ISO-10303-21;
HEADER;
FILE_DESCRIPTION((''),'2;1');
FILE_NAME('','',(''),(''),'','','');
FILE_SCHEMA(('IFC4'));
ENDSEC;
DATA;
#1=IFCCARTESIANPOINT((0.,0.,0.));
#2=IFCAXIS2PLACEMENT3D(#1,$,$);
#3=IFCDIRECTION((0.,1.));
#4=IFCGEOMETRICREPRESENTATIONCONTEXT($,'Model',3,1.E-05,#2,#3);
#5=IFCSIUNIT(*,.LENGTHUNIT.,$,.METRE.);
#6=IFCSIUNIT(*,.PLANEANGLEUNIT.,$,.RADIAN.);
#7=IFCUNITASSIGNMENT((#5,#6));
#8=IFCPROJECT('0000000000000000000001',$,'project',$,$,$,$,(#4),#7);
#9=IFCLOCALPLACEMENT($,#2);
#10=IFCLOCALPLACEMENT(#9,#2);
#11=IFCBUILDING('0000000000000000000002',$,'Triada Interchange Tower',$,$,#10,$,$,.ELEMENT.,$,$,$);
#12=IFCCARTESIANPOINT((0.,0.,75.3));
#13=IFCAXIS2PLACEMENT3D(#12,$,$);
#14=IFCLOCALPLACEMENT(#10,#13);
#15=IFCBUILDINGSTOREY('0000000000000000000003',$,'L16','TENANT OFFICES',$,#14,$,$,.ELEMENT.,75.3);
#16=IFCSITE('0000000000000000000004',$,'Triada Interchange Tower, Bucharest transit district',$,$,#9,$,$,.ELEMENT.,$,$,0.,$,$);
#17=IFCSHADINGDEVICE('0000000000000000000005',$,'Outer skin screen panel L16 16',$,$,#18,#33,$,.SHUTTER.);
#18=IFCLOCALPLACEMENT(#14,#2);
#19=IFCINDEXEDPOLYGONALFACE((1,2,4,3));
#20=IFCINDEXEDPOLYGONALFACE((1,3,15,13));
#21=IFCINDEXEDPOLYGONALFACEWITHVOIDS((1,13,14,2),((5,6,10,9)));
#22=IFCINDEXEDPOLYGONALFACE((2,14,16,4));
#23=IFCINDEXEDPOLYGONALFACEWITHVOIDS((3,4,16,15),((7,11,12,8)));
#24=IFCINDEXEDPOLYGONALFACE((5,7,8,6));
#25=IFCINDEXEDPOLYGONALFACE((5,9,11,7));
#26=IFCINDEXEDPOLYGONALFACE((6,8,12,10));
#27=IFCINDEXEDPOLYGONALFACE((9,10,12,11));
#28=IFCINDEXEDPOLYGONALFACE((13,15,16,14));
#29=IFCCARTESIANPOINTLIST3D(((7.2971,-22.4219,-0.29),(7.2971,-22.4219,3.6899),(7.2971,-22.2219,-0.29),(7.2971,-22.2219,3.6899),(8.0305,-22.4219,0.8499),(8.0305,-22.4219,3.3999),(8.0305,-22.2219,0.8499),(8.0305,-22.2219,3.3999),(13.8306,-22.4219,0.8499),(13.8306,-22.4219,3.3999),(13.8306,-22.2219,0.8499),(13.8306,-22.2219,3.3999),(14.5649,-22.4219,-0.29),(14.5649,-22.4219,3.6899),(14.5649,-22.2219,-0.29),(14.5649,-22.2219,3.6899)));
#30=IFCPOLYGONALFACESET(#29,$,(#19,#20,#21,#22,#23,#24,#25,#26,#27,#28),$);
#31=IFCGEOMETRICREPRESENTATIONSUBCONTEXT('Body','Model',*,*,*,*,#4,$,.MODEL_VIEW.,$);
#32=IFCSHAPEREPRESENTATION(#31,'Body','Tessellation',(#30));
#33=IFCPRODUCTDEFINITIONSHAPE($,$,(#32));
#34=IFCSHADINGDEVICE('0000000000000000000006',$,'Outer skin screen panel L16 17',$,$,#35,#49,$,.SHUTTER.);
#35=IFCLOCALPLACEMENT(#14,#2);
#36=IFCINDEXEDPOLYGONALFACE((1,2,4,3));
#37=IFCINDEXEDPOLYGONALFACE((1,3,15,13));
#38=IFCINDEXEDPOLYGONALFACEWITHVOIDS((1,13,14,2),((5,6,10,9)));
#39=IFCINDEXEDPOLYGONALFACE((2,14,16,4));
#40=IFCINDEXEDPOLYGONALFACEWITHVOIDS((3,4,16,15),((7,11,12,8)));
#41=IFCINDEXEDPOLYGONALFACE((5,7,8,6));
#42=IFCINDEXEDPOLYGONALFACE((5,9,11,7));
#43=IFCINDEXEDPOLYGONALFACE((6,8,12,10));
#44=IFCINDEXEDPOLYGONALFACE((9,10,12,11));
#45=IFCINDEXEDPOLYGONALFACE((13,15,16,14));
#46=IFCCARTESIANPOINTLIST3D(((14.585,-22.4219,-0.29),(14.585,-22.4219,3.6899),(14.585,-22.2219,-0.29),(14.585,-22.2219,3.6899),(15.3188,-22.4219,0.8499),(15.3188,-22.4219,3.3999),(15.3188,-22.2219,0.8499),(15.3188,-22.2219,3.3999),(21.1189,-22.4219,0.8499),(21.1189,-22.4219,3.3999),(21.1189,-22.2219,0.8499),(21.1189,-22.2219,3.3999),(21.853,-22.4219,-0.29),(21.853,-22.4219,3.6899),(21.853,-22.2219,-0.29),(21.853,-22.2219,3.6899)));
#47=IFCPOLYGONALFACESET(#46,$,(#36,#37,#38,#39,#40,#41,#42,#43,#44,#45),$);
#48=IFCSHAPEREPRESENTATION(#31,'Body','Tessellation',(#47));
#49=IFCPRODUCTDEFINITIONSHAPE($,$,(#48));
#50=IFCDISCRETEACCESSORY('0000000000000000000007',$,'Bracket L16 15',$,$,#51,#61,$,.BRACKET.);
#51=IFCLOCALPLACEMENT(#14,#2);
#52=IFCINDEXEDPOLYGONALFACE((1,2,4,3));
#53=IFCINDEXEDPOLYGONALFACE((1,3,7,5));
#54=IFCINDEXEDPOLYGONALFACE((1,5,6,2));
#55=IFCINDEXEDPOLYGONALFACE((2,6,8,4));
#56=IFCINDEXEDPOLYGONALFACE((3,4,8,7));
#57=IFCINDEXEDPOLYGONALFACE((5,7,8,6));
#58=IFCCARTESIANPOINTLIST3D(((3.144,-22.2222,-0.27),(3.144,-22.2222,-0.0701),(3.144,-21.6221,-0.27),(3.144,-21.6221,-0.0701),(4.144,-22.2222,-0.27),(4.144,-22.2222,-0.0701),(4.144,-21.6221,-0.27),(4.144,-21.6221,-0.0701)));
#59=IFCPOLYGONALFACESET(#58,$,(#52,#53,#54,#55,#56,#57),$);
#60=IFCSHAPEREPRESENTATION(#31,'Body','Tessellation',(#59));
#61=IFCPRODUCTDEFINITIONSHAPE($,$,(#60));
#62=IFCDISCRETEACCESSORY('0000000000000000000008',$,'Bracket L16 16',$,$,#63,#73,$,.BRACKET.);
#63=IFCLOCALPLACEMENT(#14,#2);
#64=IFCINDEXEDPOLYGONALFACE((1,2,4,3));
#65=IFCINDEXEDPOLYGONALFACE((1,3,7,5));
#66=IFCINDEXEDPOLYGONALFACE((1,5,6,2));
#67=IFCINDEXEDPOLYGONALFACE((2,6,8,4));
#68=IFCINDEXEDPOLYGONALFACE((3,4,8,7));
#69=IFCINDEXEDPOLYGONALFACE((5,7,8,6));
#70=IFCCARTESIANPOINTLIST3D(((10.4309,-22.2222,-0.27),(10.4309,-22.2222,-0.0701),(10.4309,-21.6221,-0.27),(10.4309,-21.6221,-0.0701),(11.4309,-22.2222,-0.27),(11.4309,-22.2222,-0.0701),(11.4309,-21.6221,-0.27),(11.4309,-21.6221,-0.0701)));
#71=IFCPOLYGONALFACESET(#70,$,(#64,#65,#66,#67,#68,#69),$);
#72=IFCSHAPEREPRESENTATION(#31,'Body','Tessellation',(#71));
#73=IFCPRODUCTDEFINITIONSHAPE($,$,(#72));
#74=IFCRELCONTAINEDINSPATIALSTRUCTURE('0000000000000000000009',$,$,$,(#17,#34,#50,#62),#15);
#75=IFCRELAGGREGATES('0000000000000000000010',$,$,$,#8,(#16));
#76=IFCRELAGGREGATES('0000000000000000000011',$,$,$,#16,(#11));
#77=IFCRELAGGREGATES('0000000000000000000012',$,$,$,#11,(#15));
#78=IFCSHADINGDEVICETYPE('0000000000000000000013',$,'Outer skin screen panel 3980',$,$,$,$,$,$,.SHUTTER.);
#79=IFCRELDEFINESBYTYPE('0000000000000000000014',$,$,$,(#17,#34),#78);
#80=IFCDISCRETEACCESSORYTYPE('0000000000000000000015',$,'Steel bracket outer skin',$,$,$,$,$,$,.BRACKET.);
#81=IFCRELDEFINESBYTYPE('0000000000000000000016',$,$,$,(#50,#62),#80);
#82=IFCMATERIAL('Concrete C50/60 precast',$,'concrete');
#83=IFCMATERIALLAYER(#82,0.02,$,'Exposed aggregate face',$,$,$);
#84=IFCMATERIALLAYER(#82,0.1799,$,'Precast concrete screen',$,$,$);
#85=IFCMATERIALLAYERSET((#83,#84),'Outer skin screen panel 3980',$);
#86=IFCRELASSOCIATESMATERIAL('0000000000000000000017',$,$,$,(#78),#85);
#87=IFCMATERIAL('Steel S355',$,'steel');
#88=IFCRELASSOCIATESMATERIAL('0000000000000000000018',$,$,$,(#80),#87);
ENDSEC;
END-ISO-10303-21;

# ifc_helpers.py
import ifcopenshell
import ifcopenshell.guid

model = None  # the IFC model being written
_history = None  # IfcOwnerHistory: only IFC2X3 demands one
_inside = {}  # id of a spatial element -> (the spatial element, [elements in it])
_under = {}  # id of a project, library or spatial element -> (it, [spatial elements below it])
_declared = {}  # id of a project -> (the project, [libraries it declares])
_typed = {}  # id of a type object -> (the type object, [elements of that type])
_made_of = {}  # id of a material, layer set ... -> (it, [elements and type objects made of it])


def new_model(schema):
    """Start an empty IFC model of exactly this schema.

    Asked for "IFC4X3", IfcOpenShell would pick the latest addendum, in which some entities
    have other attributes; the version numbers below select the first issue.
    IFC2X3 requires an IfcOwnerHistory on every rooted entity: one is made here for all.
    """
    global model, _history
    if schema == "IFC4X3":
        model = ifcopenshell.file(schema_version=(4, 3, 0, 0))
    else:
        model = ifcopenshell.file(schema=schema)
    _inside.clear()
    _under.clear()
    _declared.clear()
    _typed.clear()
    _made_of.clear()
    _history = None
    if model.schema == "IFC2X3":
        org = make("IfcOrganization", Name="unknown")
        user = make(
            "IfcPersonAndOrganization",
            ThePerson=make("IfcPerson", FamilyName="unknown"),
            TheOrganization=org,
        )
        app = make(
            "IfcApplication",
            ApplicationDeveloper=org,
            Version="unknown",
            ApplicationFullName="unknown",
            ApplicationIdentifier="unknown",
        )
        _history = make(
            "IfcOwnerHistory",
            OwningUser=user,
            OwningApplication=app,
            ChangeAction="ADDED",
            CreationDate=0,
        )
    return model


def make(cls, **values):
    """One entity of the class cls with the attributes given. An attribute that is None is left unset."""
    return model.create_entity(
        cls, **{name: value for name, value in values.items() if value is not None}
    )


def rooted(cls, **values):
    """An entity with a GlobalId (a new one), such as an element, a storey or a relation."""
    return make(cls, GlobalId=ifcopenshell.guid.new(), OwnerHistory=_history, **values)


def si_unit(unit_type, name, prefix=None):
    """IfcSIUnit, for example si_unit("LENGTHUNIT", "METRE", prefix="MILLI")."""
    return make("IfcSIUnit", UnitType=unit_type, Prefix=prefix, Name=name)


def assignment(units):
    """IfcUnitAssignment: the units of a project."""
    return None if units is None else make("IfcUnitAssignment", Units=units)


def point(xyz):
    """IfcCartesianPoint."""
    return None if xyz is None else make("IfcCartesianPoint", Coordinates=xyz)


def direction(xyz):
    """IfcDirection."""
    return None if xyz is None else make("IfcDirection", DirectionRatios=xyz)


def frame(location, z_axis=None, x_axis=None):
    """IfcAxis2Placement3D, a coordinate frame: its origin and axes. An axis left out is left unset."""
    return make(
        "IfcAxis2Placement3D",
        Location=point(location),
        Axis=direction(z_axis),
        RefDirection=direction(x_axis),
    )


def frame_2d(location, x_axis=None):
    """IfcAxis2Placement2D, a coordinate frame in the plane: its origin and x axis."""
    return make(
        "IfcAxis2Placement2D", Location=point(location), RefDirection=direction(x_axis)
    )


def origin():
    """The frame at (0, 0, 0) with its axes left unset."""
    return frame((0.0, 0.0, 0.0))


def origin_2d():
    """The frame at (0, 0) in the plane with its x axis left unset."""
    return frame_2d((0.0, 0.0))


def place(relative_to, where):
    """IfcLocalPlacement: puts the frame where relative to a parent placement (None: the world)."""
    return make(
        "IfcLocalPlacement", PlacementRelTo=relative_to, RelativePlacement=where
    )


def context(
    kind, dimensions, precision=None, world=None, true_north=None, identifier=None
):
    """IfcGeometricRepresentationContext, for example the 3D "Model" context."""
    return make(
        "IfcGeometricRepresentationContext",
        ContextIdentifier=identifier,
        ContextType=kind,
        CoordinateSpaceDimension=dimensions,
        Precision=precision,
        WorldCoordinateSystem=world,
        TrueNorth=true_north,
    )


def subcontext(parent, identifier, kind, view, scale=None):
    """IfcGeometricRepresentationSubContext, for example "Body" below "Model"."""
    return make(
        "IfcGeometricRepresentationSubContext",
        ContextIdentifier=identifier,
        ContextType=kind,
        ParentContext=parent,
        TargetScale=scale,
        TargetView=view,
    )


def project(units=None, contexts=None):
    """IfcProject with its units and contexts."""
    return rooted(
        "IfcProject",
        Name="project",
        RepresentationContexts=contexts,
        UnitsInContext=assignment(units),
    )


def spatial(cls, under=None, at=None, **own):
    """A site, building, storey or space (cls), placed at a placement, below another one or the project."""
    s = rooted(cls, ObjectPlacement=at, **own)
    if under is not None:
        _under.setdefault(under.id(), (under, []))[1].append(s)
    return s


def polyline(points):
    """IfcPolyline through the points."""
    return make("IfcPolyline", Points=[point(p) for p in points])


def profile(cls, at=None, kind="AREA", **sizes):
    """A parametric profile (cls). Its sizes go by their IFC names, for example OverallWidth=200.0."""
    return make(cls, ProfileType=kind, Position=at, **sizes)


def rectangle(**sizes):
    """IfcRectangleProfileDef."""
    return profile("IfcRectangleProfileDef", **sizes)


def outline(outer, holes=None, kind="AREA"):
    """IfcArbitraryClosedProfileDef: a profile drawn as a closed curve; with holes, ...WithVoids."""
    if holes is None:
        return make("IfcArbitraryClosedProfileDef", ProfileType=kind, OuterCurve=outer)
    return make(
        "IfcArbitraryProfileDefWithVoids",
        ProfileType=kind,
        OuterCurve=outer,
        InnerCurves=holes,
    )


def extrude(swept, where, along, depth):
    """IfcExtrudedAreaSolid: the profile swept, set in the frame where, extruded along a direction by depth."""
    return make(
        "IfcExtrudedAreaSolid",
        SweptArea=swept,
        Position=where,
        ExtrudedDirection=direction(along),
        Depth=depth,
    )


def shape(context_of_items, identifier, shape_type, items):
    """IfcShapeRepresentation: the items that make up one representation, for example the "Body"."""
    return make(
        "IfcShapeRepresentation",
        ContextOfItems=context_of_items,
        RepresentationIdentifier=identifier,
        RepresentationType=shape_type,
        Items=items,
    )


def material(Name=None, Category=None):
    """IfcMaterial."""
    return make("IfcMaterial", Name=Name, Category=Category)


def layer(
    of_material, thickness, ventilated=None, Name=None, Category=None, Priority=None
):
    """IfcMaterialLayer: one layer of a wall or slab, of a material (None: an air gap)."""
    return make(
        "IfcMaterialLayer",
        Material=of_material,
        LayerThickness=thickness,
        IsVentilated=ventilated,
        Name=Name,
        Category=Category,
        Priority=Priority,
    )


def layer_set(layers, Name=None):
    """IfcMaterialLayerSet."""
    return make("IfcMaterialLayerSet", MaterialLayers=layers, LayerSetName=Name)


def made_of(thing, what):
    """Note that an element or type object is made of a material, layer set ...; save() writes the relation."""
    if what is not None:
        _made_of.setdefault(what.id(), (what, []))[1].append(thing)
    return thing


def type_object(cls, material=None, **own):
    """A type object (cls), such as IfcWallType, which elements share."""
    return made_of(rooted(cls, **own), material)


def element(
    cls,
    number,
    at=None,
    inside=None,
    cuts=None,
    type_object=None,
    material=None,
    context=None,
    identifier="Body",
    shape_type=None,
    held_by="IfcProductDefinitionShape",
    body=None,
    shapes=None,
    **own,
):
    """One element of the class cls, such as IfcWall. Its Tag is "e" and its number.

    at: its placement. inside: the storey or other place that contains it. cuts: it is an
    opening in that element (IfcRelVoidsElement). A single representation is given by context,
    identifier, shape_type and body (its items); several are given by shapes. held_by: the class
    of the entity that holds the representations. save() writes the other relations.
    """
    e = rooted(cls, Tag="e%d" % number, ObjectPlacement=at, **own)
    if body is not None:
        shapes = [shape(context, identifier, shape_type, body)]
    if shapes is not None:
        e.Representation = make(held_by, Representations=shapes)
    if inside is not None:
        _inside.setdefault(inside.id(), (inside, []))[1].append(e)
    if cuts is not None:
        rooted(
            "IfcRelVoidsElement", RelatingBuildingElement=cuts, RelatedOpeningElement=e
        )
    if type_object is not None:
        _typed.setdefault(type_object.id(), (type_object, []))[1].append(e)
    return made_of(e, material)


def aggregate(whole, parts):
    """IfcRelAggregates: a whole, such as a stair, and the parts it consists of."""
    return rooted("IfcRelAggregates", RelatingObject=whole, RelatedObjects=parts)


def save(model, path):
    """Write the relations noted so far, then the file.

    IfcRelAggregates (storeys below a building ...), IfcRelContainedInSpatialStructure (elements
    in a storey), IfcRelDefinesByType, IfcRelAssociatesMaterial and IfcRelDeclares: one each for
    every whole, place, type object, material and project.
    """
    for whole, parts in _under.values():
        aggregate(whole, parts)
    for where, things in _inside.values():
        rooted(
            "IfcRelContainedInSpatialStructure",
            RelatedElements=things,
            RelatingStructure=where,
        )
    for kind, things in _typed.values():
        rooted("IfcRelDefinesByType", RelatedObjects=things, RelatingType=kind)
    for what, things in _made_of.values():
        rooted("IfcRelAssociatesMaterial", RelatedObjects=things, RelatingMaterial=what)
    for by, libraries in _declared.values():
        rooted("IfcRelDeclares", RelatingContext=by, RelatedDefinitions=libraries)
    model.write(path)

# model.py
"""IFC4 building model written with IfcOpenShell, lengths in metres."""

from ifc_helpers import new_model, si_unit, direction, frame, origin, origin_2d, place, context, subcontext, project, spatial, polyline, rectangle, outline, extrude, material, layer, layer_set, type_object, element, save


model = new_model("IFC4")

# Units and contexts
model_context = context("Model", 3, precision=1e-05, world=origin(), true_north=direction((0.0, 1.0)))
body_context = subcontext(model_context, "Body", "Model", "MODEL_VIEW")
ifc_project = project(units=[si_unit("LENGTHUNIT", "METRE"), si_unit("PLANEANGLEUNIT", "RADIAN")], contexts=[model_context])

# Site, building, storey
site_placement = place(None, origin())
site = spatial("IfcSite", under=ifc_project, at=site_placement, Name="Triada Interchange Tower, Bucharest transit district", CompositionType="ELEMENT", RefElevation=0.0)
building_placement = place(site_placement, origin())
building = spatial("IfcBuilding", under=site, at=building_placement, Name="Triada Interchange Tower", CompositionType="ELEMENT")
storey_placement = place(building_placement, frame((0.0, 0.0, 75.3)))
storey = spatial("IfcBuildingStorey", under=building, at=storey_placement, Name="L16", Description="TENANT OFFICES", CompositionType="ELEMENT", Elevation=75.3)

# Shading devices
ifc_material_1 = material(Name="Concrete C50/60 precast", Category="concrete")
ifc_layer_1 = layer(ifc_material_1, 0.02, Name="Exposed aggregate face")
ifc_layer_2 = layer(ifc_material_1, 0.1799, Name="Precast concrete screen")
ifc_layer_set_1 = layer_set([ifc_layer_1, ifc_layer_2], Name="Outer skin screen panel 3980")
shading_device_type = type_object("IfcShadingDeviceType", Name="Outer skin screen panel 3980", PredefinedType="SHUTTER", material=ifc_layer_set_1)
shading_device_1_placement = place(storey_placement, frame((7.2971, -22.2219, -0.29), z_axis=(0.0, 0.0, 1.0), x_axis=(1.0, 0.0, 0.0)))
element("IfcShadingDevice", 1, at=shading_device_1_placement, inside=storey, type_object=shading_device_type, Name="Outer skin screen panel L16 16", PredefinedType="SHUTTER", context=body_context, shape_type="SweptSolid", body=[
    extrude(outline(polyline([(0.0, 0.0), (7.2678, 0.0), (7.2678, 3.98), (0.0, 3.98), (0.0, 0.0)]), holes=[polyline([(0.7334, 1.1399), (0.7334, 3.6899), (6.5334, 3.6899), (6.5334, 1.1399), (0.7334, 1.1399)])]), frame((0.0, 0.0, 0.0), z_axis=(0.0, -1.0, 0.0), x_axis=(1.0, 0.0, 0.0)), (0.0, 0.0, 1.0), 0.2),
])
shading_device_2_placement = place(storey_placement, frame((14.585, -22.2219, -0.29), z_axis=(0.0, 0.0, 1.0), x_axis=(1.0, 0.0, 0.0)))
element("IfcShadingDevice", 2, at=shading_device_2_placement, inside=storey, type_object=shading_device_type, Name="Outer skin screen panel L16 17", PredefinedType="SHUTTER", context=body_context, shape_type="SweptSolid", body=[
    extrude(outline(polyline([(0.0, 0.0), (7.2681, 0.0), (7.2681, 3.98), (0.0, 3.98), (0.0, 0.0)]), holes=[polyline([(0.7339, 1.1399), (0.7339, 3.6899), (6.5339, 3.6899), (6.5339, 1.1399), (0.7339, 1.1399)])]), frame((0.0, 0.0, 0.0), z_axis=(0.0, -1.0, 0.0), x_axis=(1.0, 0.0, 0.0)), (0.0, 0.0, 1.0), 0.2),
])

# Discrete accessories
ifc_material_2 = material(Name="Steel S355", Category="steel")
discrete_accessory_type = type_object("IfcDiscreteAccessoryType", Name="Steel bracket outer skin", PredefinedType="BRACKET", material=ifc_material_2)
for number, where, z_axis, x_axis, name in (
    (3, (3.644, -21.9221, -0.27), (0.0, 0.0, 1.0), (0.0, -1.0, 0.0), "Bracket L16 15"),
    (4, (10.9309, -21.9221, -0.27), (0.0, 0.0, 1.0), (0.0, -1.0, 0.0), "Bracket L16 16"),
):
    element("IfcDiscreteAccessory", number, at=place(storey_placement, frame(where, z_axis=z_axis, x_axis=x_axis)), inside=storey, type_object=discrete_accessory_type, Name=name, PredefinedType="BRACKET", context=body_context, shape_type="SweptSolid", body=[
        extrude(rectangle(XDim=0.6001, YDim=1.0, at=origin_2d()), origin(), (0.0, 0.0, 1.0), 0.2),
    ])

save(model, "model.ifc")
